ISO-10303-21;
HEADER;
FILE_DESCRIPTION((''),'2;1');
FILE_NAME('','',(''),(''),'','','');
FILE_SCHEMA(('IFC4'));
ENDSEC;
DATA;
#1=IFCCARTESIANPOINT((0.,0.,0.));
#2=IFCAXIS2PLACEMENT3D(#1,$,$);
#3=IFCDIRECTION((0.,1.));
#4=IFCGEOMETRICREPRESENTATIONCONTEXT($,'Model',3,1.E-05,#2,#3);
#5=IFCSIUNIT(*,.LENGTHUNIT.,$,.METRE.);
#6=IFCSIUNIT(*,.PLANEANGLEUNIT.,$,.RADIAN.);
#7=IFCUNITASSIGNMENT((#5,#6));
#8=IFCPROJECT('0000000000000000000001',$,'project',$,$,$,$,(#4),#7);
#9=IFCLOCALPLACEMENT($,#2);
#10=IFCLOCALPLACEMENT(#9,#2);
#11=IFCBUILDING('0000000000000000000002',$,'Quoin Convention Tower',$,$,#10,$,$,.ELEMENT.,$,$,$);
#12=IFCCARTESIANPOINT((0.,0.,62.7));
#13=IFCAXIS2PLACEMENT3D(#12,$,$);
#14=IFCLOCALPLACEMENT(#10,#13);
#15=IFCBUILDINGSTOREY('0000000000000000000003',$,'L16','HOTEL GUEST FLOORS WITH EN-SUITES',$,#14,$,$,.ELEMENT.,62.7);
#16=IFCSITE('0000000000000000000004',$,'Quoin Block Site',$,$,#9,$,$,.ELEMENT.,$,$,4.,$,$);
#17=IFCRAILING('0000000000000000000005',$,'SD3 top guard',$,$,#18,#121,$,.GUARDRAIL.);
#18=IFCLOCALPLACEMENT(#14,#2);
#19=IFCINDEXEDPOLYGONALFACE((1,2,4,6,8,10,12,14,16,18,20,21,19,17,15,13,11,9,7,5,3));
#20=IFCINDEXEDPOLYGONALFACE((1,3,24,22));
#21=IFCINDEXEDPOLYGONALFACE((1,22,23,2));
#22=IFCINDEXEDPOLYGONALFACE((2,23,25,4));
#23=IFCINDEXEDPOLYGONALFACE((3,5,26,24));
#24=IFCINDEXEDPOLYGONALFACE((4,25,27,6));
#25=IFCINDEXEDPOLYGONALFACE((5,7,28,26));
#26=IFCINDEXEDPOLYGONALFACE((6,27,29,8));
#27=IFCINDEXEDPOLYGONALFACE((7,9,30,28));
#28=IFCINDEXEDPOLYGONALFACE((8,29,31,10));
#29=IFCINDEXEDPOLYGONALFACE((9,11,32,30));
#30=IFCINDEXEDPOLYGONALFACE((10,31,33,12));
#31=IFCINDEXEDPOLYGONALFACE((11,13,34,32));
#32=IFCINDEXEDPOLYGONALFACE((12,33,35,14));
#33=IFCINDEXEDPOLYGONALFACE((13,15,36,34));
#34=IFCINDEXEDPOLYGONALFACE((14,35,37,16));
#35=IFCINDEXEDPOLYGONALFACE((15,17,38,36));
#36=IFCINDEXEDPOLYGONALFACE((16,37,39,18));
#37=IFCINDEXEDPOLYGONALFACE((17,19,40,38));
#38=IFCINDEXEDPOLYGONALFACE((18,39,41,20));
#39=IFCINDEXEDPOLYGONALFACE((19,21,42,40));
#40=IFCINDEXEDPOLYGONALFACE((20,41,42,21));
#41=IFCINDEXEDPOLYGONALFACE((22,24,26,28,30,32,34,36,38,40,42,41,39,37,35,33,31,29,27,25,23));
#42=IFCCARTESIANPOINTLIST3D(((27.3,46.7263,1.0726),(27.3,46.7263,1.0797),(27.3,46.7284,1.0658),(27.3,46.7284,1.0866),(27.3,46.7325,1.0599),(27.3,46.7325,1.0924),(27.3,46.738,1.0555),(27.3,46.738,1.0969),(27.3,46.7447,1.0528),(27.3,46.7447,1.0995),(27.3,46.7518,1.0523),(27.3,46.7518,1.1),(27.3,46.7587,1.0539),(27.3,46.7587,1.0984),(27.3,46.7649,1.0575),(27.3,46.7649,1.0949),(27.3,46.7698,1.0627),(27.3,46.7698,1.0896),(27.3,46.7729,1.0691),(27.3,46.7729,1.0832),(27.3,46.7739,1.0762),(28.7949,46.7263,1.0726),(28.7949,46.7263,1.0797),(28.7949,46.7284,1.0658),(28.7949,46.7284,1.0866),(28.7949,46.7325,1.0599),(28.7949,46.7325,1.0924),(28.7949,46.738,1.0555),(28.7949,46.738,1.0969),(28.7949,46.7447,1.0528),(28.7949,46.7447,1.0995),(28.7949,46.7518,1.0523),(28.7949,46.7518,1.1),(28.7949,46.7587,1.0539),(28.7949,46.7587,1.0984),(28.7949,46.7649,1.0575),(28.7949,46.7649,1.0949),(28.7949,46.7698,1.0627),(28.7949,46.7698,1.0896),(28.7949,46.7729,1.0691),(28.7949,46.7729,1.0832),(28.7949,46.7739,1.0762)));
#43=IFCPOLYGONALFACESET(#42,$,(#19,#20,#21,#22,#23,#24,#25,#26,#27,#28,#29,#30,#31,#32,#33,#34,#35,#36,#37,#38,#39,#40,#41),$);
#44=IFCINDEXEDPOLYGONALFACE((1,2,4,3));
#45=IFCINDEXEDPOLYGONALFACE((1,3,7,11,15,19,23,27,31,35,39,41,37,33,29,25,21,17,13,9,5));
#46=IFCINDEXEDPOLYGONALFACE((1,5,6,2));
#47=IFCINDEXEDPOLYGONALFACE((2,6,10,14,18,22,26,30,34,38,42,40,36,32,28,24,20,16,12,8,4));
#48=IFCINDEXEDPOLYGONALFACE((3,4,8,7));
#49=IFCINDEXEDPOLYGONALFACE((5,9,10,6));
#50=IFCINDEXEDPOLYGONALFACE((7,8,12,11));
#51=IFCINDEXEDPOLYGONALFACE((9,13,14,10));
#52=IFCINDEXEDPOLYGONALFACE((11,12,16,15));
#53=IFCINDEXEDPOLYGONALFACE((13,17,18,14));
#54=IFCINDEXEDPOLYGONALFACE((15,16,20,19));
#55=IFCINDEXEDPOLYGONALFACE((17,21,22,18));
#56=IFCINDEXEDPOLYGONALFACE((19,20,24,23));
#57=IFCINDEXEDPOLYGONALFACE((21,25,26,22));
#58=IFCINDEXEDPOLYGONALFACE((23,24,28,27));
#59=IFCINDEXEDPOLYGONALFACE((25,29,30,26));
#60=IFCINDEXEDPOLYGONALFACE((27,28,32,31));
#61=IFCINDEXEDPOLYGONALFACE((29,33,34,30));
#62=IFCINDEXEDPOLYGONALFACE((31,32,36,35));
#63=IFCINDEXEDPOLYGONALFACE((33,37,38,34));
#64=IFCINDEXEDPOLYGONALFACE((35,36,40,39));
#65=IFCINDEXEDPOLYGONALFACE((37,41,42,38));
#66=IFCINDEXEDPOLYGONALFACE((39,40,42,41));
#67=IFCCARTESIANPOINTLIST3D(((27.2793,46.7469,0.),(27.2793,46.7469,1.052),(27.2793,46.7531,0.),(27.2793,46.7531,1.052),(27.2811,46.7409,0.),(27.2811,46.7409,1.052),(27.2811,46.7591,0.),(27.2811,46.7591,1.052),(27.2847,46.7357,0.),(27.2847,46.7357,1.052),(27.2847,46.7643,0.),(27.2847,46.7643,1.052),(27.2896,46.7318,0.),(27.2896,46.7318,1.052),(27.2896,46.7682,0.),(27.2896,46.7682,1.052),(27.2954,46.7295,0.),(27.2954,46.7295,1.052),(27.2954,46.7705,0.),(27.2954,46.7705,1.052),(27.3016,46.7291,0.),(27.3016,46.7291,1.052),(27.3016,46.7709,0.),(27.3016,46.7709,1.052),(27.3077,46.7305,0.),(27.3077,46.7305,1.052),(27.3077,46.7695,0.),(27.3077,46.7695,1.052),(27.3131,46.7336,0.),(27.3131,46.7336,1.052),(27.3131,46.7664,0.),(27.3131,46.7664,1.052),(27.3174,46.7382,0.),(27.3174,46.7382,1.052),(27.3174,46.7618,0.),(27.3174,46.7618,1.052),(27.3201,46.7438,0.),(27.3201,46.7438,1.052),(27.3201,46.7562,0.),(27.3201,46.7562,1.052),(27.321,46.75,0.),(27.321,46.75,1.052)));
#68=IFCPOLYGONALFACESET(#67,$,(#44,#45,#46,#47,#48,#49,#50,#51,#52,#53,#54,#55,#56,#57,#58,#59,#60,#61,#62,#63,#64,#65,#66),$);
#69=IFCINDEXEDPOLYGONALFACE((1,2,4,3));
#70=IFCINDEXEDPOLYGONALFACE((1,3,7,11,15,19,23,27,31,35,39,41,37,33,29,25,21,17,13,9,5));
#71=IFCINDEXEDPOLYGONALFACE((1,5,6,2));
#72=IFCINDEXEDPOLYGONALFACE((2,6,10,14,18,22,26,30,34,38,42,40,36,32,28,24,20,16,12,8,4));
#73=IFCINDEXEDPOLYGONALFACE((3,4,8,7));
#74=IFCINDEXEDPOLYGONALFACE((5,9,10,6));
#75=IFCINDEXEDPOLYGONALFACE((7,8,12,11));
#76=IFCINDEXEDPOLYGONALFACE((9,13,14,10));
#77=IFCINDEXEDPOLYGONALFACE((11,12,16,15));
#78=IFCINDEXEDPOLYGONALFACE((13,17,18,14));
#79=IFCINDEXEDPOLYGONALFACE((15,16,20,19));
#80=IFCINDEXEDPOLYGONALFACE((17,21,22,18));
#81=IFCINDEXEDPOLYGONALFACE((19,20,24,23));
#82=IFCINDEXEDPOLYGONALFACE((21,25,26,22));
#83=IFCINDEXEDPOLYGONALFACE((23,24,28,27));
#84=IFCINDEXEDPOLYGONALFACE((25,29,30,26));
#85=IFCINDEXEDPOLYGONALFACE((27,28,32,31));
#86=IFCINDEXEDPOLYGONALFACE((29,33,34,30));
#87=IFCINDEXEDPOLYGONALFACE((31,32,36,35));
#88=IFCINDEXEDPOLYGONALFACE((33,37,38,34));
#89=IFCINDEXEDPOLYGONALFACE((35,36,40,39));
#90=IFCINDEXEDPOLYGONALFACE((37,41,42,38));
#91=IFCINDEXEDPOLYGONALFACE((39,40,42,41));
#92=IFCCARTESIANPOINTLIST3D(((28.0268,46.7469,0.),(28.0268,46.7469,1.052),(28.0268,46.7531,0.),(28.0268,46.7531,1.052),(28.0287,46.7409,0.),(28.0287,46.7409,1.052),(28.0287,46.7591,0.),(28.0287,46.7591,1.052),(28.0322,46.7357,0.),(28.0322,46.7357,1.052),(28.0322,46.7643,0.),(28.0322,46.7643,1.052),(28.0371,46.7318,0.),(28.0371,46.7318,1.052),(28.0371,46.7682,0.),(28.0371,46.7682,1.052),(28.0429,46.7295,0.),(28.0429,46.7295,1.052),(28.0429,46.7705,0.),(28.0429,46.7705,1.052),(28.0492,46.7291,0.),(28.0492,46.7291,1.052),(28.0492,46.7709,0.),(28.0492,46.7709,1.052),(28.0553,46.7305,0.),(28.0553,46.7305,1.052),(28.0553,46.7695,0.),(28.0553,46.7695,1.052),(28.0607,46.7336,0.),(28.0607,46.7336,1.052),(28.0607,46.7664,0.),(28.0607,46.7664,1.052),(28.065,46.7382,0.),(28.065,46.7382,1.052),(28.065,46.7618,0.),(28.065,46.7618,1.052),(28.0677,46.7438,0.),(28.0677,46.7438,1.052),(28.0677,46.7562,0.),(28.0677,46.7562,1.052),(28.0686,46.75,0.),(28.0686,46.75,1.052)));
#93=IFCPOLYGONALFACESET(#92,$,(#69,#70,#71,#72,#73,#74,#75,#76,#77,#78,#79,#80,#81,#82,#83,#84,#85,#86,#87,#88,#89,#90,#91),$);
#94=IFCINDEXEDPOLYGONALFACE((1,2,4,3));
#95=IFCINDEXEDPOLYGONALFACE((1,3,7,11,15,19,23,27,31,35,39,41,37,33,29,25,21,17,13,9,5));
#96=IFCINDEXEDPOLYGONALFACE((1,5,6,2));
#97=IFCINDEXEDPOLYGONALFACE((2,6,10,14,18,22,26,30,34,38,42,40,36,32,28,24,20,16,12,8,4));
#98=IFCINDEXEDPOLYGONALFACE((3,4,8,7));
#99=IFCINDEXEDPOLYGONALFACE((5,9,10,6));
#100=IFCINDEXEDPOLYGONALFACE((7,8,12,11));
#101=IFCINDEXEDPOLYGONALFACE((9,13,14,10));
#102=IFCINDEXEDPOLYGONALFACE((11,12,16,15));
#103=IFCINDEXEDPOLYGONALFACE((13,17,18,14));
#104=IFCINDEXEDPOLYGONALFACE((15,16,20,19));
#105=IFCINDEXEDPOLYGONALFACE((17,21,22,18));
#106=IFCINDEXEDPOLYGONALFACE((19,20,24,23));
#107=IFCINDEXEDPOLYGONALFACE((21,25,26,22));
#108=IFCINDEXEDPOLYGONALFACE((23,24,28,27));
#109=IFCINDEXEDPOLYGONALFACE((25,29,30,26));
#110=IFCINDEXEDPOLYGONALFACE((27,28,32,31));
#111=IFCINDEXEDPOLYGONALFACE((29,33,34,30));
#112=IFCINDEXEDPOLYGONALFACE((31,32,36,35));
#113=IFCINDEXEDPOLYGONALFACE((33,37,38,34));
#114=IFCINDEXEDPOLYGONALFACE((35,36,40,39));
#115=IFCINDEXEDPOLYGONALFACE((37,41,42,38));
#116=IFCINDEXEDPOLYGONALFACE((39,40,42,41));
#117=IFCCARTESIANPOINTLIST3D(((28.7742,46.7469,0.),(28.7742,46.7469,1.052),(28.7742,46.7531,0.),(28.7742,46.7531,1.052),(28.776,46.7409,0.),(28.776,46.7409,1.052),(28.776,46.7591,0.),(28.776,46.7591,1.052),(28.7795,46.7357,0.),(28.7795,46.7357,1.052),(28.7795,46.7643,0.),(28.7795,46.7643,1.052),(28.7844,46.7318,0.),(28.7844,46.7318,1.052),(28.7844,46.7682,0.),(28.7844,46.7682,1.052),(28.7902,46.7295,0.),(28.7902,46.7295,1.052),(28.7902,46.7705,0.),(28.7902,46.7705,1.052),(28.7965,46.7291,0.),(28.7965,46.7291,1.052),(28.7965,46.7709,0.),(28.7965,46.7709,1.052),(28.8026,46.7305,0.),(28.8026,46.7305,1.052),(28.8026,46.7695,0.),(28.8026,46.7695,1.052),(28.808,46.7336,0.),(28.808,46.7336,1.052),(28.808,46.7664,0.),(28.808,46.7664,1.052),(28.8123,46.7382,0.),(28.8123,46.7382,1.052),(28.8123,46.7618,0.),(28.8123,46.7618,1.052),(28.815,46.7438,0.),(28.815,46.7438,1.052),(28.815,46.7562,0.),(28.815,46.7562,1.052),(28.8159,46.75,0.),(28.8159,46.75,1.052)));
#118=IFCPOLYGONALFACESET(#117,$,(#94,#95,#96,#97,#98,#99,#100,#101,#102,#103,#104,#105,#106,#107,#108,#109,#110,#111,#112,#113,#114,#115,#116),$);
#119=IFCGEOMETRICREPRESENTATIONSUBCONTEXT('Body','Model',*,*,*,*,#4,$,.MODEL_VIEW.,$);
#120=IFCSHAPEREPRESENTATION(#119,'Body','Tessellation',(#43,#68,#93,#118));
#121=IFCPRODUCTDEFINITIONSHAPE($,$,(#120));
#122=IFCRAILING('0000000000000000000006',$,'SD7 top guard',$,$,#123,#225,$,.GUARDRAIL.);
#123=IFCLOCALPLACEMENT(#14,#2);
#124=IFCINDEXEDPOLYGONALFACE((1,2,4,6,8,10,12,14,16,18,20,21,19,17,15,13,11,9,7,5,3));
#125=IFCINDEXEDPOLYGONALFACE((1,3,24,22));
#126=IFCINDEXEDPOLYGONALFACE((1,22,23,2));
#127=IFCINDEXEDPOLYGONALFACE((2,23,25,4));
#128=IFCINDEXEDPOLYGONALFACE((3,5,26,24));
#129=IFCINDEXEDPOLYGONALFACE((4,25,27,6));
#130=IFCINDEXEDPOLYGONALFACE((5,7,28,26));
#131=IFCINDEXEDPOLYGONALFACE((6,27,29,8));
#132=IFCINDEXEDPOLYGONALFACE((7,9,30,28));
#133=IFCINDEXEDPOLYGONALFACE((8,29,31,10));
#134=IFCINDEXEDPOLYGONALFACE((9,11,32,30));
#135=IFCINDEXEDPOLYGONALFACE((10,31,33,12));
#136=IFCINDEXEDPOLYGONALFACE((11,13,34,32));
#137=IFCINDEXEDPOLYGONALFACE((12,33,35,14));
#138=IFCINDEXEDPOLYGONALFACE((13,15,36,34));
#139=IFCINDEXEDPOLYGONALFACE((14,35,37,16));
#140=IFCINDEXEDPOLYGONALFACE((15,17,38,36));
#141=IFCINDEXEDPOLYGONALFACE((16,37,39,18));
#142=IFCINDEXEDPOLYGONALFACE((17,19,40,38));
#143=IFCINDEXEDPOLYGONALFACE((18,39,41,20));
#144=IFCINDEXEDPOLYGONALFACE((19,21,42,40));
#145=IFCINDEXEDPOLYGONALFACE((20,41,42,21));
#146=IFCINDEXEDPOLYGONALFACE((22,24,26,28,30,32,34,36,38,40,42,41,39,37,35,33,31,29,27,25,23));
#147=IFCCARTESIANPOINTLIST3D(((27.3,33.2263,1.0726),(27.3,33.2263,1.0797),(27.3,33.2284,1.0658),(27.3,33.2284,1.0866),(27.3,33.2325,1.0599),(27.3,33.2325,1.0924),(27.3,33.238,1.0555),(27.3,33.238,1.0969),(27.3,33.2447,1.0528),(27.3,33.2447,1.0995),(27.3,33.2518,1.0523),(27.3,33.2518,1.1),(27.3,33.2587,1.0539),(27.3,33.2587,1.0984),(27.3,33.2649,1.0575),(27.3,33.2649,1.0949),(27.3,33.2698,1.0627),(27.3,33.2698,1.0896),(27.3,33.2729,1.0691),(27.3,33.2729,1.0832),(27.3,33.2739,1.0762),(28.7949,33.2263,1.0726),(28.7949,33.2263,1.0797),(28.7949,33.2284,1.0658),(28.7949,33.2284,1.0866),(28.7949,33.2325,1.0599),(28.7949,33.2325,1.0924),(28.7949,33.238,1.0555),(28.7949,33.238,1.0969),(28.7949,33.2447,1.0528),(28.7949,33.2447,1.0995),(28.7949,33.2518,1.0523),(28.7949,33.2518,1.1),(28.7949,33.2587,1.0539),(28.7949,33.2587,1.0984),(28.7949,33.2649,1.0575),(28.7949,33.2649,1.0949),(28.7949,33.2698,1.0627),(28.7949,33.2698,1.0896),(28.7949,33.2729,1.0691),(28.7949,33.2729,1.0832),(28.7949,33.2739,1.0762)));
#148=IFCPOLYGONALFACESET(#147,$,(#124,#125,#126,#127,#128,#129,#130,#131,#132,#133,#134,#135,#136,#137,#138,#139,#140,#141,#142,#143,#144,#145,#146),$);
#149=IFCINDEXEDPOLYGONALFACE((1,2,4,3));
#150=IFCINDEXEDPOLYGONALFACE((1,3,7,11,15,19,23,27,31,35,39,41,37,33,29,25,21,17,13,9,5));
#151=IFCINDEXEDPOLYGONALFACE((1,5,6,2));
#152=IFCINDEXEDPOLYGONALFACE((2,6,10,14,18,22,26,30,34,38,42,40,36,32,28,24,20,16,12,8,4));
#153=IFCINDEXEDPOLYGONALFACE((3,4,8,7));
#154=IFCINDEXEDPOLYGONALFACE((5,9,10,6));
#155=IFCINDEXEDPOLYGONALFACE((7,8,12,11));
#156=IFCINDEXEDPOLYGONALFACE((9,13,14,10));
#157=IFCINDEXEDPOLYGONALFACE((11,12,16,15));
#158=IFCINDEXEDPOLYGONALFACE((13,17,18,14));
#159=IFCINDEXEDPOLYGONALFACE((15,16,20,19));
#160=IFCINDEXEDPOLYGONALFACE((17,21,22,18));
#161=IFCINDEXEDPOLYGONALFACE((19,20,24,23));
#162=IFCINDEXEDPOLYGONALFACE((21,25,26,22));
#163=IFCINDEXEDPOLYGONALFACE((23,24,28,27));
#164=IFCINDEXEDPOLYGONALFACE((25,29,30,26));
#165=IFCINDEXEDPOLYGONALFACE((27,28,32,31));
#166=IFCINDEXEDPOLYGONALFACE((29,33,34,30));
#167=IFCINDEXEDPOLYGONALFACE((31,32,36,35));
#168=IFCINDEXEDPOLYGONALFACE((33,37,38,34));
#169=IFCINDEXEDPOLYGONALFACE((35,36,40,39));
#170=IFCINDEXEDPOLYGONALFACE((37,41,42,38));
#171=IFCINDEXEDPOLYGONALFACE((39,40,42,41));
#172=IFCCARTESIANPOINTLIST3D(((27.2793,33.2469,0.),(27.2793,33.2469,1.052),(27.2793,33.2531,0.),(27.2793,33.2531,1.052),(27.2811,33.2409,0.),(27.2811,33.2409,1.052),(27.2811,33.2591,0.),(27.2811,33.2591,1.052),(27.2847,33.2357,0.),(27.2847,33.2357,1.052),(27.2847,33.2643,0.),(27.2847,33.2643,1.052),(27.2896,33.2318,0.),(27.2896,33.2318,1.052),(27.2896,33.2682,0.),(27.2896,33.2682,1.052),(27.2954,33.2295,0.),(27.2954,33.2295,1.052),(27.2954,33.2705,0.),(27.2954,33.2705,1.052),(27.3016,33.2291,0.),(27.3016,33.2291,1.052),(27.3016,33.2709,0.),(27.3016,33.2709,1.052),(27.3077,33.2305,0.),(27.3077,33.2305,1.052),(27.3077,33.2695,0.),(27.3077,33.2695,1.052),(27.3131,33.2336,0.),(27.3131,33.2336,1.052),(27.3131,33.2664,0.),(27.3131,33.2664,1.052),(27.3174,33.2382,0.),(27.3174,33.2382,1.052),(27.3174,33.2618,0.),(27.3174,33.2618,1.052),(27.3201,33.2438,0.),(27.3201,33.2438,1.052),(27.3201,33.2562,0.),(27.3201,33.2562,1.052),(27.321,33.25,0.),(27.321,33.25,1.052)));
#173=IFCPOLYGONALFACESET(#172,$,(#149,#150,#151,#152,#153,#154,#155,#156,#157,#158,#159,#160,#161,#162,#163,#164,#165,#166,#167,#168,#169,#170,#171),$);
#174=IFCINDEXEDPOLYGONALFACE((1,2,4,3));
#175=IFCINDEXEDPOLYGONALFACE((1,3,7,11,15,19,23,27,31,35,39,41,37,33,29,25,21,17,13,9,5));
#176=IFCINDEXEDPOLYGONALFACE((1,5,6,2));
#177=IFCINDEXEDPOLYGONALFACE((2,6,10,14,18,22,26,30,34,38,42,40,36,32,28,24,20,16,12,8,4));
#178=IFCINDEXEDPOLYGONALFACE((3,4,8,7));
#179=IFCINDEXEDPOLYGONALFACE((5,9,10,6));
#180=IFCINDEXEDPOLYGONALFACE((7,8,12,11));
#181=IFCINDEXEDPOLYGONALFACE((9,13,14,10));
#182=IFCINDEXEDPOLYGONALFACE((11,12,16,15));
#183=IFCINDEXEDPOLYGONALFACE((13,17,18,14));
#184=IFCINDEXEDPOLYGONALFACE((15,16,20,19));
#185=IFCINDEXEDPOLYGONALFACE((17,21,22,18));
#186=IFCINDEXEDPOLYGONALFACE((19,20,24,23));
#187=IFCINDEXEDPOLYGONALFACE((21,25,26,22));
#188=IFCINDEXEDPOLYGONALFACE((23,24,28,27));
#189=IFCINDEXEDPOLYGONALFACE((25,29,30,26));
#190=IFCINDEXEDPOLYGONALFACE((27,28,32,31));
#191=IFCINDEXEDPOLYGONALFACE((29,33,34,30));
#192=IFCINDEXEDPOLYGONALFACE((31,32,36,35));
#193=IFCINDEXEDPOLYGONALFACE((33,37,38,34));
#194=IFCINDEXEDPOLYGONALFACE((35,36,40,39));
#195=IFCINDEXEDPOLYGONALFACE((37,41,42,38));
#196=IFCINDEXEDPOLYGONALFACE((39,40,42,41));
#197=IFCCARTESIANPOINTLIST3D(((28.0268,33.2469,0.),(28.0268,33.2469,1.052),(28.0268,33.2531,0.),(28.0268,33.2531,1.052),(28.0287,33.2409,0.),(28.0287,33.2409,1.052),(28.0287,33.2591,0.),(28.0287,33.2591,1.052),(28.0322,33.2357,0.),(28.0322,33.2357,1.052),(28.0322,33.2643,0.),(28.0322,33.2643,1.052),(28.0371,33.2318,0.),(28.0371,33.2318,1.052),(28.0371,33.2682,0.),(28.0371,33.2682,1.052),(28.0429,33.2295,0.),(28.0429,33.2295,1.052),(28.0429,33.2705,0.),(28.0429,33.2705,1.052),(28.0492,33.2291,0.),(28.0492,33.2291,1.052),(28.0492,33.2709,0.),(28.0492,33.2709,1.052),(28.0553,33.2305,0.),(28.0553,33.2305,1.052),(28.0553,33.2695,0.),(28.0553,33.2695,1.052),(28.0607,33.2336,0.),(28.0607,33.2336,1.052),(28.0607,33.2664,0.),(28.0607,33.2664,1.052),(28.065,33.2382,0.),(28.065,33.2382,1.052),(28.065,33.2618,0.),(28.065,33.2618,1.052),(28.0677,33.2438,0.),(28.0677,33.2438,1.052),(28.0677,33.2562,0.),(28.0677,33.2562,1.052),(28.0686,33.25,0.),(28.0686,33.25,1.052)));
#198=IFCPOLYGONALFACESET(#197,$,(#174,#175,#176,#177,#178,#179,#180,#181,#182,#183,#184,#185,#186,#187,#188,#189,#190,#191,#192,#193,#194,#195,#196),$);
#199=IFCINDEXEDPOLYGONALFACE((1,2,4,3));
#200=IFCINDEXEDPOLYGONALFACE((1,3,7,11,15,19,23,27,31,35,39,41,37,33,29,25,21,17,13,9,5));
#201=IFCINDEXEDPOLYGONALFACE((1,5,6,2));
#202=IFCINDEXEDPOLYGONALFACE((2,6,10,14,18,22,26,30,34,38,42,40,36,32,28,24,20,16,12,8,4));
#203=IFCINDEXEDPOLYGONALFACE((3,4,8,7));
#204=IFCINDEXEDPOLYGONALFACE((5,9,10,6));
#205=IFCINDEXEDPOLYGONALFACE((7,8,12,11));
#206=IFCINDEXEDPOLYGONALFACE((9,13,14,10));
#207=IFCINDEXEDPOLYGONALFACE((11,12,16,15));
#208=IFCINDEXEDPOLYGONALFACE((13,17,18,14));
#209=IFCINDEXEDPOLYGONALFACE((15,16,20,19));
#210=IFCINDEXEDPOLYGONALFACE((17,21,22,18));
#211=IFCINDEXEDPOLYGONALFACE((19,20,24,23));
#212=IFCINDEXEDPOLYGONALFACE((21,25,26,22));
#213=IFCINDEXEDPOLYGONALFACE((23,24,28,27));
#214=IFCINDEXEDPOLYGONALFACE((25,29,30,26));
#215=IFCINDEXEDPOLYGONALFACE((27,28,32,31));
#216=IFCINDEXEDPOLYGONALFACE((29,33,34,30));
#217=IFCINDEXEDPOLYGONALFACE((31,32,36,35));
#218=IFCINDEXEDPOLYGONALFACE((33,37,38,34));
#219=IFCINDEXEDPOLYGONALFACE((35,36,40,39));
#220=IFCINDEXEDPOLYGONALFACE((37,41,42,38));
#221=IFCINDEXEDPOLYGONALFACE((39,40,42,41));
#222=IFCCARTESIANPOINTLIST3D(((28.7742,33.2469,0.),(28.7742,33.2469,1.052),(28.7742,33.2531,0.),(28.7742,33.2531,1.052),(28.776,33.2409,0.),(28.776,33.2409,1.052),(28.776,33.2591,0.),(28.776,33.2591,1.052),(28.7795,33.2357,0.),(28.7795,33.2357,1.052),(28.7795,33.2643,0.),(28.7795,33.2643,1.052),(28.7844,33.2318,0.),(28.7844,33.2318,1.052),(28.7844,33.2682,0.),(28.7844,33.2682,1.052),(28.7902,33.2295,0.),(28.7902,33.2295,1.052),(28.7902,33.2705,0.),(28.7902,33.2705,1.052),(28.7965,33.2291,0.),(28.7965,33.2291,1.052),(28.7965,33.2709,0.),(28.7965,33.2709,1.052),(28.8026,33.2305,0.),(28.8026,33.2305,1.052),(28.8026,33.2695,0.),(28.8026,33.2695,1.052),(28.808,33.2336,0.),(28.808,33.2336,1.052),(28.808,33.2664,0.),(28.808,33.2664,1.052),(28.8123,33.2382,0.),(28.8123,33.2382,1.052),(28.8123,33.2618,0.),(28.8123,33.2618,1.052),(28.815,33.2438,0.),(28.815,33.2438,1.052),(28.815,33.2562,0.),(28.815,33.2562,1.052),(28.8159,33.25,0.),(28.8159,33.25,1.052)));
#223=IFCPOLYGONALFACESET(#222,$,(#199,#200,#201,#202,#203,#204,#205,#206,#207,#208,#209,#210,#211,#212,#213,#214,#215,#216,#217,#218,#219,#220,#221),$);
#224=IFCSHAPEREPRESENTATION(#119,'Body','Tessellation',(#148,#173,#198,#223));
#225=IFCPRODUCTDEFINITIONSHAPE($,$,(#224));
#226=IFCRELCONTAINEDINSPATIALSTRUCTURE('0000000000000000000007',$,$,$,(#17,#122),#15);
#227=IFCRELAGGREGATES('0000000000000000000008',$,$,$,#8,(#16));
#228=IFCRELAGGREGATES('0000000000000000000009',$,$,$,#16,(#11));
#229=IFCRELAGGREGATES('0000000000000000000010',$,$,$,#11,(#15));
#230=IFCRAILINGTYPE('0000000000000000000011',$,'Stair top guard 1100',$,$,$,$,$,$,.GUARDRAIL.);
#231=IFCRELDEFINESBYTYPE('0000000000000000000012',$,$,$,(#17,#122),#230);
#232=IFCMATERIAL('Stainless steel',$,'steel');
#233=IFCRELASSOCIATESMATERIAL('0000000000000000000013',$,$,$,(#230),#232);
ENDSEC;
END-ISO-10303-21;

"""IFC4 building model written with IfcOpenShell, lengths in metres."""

from ifc_helpers import new_model, si_unit, direction, frame, origin, origin_2d, place, context, subcontext, project, spatial, circle, extrude, material, type_object, element, save


model = new_model("IFC4")

# Units and contexts
model_context = context("Model", 3, precision=1e-05, world=origin(), true_north=direction((0.0, 1.0)))
body_context = subcontext(model_context, "Body", "Model", "MODEL_VIEW")
ifc_project = project(units=[si_unit("LENGTHUNIT", "METRE"), si_unit("PLANEANGLEUNIT", "RADIAN")], contexts=[model_context])

# Site, building, storey
site_placement = place(None, origin())
site = spatial("IfcSite", under=ifc_project, at=site_placement, Name="Quoin Block Site", CompositionType="ELEMENT", RefElevation=4.0)
building_placement = place(site_placement, origin())
building = spatial("IfcBuilding", under=site, at=building_placement, Name="Quoin Convention Tower", CompositionType="ELEMENT")
storey_placement = place(building_placement, frame((0.0, 0.0, 62.7)))
storey = spatial("IfcBuildingStorey", under=building, at=storey_placement, Name="L16", Description="HOTEL GUEST FLOORS WITH EN-SUITES", CompositionType="ELEMENT", Elevation=62.7)

# Railings
ifc_material_1 = material(Name="Stainless steel", Category="steel")
railing_type_1 = type_object("IfcRailingType", Name="Stair top guard 1100", PredefinedType="GUARDRAIL", material=ifc_material_1)
for number, where, name in (
    (1, (27.3, 46.75, 0.0), "SD3 top guard"),
    (2, (27.3, 33.25, 0.0), "SD7 top guard"),
):
    element("IfcRailing", number, at=place(storey_placement, frame(where)), inside=storey, type_object=railing_type_1, Name=name, PredefinedType="GUARDRAIL", context=body_context, shape_type="SweptSolid", body=[
        extrude(circle(Radius=0.0239, at=origin_2d()), frame((0.0, 0.0, 1.0762), z_axis=(1.0, 0.0, 0.0), x_axis=(0.0, 1.0, 0.0)), (0.0, 0.0, 1.0), 1.4949),
        extrude(circle(Radius=0.021, at=origin_2d()), origin(), (0.0, 0.0, 1.0), 1.052),
        extrude(circle(Radius=0.021, at=origin_2d()), frame((0.7476, 0.0, 0.0)), (0.0, 0.0, 1.0), 1.052),
        extrude(circle(Radius=0.021, at=origin_2d()), frame((1.4949, 0.0, 0.0)), (0.0, 0.0, 1.0), 1.052),
    ])

save(model, "model.ifc")
